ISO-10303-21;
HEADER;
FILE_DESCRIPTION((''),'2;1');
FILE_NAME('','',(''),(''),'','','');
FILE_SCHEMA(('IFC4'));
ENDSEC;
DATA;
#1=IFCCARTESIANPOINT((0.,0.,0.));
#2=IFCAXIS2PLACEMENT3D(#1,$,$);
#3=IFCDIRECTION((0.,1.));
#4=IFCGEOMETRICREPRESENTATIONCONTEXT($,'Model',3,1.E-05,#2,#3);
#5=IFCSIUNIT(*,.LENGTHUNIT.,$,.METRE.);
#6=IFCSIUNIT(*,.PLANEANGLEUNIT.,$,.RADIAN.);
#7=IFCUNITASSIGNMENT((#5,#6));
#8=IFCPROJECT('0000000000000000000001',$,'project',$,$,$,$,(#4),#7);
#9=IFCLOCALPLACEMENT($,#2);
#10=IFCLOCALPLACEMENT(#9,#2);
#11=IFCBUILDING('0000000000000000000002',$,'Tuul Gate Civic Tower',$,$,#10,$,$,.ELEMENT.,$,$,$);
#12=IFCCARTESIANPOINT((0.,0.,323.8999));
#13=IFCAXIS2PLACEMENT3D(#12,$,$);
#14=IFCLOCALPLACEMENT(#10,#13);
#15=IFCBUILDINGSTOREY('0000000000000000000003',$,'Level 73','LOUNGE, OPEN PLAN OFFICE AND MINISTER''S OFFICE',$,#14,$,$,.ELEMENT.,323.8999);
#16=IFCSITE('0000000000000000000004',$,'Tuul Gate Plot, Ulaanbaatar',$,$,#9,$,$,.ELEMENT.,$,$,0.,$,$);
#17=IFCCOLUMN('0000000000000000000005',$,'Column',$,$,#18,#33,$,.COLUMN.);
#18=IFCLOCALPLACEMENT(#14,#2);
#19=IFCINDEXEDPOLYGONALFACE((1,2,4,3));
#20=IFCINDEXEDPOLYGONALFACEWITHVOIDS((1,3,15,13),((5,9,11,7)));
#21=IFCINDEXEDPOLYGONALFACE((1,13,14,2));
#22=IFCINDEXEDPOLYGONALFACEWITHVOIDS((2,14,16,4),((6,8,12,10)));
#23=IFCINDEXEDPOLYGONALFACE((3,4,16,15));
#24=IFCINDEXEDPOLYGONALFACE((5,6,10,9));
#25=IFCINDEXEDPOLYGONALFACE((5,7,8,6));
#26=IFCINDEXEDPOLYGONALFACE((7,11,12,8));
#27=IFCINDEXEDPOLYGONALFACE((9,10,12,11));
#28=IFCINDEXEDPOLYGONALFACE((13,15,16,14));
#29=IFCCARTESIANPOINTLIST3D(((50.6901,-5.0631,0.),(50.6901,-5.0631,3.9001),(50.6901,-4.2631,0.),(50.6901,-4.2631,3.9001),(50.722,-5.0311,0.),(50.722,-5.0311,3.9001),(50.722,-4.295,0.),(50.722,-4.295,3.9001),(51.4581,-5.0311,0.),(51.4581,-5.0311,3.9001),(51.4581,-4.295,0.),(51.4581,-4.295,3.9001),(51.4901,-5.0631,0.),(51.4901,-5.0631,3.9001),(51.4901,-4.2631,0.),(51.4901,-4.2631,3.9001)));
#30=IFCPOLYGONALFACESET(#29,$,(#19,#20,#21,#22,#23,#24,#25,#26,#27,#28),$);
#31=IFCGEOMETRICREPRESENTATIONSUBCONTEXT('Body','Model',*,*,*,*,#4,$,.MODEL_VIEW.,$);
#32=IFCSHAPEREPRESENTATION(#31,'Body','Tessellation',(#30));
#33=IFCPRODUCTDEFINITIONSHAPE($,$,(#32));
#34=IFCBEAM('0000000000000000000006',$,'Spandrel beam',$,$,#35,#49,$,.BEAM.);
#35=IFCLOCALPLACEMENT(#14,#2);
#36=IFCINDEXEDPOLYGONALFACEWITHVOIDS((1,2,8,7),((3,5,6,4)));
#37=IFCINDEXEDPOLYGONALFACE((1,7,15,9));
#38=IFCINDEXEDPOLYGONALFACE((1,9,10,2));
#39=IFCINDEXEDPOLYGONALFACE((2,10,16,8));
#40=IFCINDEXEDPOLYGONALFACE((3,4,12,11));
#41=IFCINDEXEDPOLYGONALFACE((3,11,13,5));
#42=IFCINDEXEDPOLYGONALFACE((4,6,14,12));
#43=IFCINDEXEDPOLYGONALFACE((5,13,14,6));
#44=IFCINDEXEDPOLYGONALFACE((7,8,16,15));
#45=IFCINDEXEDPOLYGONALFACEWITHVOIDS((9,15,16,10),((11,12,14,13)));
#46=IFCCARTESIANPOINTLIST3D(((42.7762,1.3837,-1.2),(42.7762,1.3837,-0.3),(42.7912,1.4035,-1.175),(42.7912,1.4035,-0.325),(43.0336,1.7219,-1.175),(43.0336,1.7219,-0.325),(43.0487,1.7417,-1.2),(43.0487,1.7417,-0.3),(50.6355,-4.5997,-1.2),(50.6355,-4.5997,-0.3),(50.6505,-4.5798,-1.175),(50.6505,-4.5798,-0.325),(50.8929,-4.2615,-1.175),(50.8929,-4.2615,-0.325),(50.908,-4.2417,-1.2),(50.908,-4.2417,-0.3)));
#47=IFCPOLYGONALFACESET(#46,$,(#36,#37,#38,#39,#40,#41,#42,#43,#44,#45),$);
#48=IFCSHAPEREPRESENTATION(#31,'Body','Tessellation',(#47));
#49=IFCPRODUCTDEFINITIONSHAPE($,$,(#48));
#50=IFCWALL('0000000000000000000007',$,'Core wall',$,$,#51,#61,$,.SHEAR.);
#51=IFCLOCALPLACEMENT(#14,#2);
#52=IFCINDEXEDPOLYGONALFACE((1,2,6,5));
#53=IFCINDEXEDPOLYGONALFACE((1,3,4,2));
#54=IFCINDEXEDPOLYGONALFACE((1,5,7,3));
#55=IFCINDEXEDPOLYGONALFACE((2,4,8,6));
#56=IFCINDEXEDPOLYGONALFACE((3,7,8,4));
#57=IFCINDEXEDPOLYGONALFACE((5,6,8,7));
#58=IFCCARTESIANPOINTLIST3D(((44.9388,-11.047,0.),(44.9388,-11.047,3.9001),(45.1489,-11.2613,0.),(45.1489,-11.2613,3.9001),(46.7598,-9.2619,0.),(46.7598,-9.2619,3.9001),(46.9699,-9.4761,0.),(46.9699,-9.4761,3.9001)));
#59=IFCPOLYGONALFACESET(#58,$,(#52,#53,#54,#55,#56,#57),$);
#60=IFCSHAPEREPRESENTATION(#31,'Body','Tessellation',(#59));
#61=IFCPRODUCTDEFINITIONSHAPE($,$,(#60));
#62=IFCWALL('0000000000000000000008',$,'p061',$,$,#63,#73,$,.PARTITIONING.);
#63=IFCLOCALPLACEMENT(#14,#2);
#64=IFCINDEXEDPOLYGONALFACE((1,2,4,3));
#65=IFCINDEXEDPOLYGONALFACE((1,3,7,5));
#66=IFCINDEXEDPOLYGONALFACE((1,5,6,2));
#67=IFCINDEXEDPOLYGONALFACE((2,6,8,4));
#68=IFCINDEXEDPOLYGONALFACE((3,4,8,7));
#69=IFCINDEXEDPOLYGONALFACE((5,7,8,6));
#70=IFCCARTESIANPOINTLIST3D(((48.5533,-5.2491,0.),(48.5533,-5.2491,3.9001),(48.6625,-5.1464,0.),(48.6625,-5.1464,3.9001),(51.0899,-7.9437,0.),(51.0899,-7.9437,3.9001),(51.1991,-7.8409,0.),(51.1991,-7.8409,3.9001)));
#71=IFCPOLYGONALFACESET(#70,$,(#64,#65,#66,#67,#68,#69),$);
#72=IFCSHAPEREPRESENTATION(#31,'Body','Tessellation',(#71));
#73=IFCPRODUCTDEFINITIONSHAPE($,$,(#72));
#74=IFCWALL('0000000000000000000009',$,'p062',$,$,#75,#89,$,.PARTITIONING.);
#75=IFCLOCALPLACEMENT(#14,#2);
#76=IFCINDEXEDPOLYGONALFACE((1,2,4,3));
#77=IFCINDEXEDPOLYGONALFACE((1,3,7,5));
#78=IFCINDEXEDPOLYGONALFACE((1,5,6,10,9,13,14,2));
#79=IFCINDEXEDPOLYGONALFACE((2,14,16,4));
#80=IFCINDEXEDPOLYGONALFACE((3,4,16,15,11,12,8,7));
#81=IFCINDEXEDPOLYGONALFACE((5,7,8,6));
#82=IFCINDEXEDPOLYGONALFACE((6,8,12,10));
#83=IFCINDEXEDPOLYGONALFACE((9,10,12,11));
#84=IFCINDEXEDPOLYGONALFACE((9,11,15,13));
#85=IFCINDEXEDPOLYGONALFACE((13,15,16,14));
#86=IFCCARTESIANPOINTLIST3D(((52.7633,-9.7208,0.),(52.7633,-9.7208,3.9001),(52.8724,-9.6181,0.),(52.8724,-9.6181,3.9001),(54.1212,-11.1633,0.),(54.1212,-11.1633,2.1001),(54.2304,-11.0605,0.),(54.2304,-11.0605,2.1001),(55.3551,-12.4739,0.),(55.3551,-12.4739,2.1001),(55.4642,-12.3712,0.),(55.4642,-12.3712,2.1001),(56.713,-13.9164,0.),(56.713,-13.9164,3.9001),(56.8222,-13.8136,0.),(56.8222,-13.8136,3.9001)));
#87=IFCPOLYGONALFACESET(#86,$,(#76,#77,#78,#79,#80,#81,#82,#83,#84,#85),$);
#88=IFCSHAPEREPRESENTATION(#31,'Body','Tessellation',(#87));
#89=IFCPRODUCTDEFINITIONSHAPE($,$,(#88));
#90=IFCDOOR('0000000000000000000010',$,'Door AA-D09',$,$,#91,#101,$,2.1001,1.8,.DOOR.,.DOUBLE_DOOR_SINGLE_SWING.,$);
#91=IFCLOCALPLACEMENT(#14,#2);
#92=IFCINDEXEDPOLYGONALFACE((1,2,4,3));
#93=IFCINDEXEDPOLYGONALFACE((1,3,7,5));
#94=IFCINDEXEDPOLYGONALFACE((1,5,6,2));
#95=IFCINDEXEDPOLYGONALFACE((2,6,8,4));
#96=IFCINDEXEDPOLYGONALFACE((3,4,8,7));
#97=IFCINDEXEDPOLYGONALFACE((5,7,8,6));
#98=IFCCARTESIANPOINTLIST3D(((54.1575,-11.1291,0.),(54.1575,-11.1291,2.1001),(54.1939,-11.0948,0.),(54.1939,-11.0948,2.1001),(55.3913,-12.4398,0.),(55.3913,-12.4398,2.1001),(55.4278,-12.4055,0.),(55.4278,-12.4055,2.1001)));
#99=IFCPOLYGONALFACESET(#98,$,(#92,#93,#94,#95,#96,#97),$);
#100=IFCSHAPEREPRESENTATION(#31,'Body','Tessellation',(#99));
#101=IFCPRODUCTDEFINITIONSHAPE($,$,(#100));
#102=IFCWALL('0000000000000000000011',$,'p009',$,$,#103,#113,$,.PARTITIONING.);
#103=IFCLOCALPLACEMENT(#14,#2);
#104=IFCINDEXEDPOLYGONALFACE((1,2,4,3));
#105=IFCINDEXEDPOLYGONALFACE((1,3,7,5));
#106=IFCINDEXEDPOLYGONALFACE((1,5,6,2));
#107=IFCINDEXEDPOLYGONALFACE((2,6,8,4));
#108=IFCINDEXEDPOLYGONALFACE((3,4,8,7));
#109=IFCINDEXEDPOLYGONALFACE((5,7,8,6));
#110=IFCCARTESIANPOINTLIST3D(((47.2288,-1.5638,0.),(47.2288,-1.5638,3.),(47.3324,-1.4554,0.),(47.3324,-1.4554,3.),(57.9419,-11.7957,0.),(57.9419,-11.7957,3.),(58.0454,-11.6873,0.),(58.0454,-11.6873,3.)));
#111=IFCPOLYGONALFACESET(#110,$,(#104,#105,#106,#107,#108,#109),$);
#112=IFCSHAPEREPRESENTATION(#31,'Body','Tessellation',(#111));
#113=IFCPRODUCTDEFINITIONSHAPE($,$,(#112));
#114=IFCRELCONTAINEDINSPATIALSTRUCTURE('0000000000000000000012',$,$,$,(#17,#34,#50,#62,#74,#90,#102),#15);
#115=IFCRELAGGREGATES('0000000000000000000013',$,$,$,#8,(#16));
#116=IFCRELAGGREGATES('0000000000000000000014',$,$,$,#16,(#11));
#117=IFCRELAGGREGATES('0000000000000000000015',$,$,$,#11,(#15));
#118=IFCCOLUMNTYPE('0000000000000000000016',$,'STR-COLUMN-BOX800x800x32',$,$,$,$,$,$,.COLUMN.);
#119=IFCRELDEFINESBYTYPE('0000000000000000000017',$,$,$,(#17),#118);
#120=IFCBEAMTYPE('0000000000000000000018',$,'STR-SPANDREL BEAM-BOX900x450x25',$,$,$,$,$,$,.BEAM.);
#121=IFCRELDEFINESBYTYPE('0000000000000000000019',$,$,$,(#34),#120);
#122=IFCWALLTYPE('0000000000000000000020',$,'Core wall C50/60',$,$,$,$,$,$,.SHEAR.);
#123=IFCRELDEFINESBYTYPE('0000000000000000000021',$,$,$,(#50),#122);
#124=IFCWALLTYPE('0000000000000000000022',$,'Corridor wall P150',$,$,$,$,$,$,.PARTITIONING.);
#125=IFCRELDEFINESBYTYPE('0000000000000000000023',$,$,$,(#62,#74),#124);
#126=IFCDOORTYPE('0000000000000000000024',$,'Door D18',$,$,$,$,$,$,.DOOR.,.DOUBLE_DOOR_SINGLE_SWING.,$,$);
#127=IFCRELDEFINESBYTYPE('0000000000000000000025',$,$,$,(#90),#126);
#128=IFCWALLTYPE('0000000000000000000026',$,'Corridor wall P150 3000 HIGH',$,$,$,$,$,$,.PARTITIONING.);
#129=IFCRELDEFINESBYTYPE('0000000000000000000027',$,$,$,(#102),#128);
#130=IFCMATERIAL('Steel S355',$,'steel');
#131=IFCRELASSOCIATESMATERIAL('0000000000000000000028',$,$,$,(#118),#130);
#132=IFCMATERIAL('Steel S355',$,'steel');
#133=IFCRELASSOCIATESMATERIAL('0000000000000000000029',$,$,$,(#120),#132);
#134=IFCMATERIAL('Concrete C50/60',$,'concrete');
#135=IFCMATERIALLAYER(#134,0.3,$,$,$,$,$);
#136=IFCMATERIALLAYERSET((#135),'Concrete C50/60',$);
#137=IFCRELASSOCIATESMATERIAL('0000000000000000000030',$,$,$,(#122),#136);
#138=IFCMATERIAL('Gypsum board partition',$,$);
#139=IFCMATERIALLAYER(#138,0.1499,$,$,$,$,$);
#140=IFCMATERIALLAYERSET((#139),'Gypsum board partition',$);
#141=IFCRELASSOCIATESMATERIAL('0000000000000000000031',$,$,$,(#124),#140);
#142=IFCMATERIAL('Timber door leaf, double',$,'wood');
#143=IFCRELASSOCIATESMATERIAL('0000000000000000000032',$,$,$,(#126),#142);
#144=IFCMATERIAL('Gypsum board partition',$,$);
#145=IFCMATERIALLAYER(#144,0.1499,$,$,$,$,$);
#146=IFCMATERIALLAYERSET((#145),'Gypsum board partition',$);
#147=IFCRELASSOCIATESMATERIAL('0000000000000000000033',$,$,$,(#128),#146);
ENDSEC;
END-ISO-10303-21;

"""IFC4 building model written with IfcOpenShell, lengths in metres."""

from ifc_helpers import new_model, si_unit, direction, frame, frame_2d, origin, origin_2d, place, context, subcontext, project, spatial, rectangle, hollow_rectangle, extrude, material, layer, layer_set, material_profile, profile_set, type_object, element, fill, save


model = new_model("IFC4")

# Units and contexts
model_context = context("Model", 3, precision=1e-05, world=origin(), true_north=direction((0.0, 1.0)))
body_context = subcontext(model_context, "Body", "Model", "MODEL_VIEW")
ifc_project = project(units=[si_unit("LENGTHUNIT", "METRE"), si_unit("PLANEANGLEUNIT", "RADIAN")], contexts=[model_context])

# Site, building, storey
site_placement = place(None, origin())
site = spatial("IfcSite", under=ifc_project, at=site_placement, Name="Tuul Gate Plot, Ulaanbaatar", CompositionType="ELEMENT", RefElevation=0.0)
building_placement = place(site_placement, origin())
building = spatial("IfcBuilding", under=site, at=building_placement, Name="Tuul Gate Civic Tower", CompositionType="ELEMENT")
storey_placement = place(building_placement, frame((0.0, 0.0, 323.8999)))
storey = spatial("IfcBuildingStorey", under=building, at=storey_placement, Name="Level 73", Description="LOUNGE, OPEN PLAN OFFICE AND MINISTER'S OFFICE", CompositionType="ELEMENT", Elevation=323.8999)

# Column
ifc_material_1 = material(Name="Steel S355", Category="steel")
ifc_material_profile_1 = material_profile(ifc_material_1, hollow_rectangle(XDim=0.8, YDim=0.8, WallThickness=0.032, at=origin_2d()), Name="BOX800x800x32")
ifc_profile_set_1 = profile_set([ifc_material_profile_1], Name="Steel S355")
column_type = type_object("IfcColumnType", Name="STR-COLUMN-BOX800x800x32", PredefinedType="COLUMN", material=ifc_profile_set_1)
column_placement = place(storey_placement, frame((51.0901, -4.6631, 0.0), z_axis=(0.0, 0.0, 1.0), x_axis=(1.0, 0.0, 0.0)))
element("IfcColumn", 1, at=column_placement, inside=storey, type_object=column_type, Name="Column", PredefinedType="COLUMN", context=body_context, shape_type="SweptSolid", body=[
    extrude(hollow_rectangle(XDim=0.8, YDim=0.8, WallThickness=0.032, at=origin_2d()), origin(), (0.0, 0.0, 1.0), 3.9001),
])

# Beam
ifc_material_2 = material(Name="Steel S355", Category="steel")
ifc_material_profile_2 = material_profile(ifc_material_2, hollow_rectangle(XDim=0.45, YDim=0.8999, WallThickness=0.0249, at=origin_2d()), Name="BOX900x450x25")
ifc_profile_set_2 = profile_set([ifc_material_profile_2], Name="Steel S355")
beam_type = type_object("IfcBeamType", Name="STR-SPANDREL BEAM-BOX900x450x25", PredefinedType="BEAM", material=ifc_profile_set_2)
beam_placement = place(storey_placement, frame((50.7717, -4.4207, -0.75), z_axis=(-0.795661, 0.605742, 0.0), x_axis=(-0.605742, -0.795661, 0.0)))
element("IfcBeam", 2, at=beam_placement, inside=storey, type_object=beam_type, Name="Spandrel beam", PredefinedType="BEAM", context=body_context, shape_type="SweptSolid", body=[
    extrude(hollow_rectangle(XDim=0.45, YDim=0.8999, WallThickness=0.0249, at=origin_2d()), origin(), (0.0, 0.0, 1.0), 9.8777),
])

# Walls
ifc_material_3 = material(Name="Concrete C50/60", Category="concrete")
ifc_layer_1 = layer(ifc_material_3, 0.3)
ifc_layer_set_1 = layer_set([ifc_layer_1], Name="Concrete C50/60")
wall_type_1 = type_object("IfcWallType", Name="Core wall C50/60", PredefinedType="SHEAR", material=ifc_layer_set_1)
wall_1_placement = place(storey_placement, frame((45.0439, -11.1541, 0.0), z_axis=(0.0, 0.0, 1.0), x_axis=(0.714108, 0.700035, 0.0)))
element("IfcWall", 3, at=wall_1_placement, inside=storey, type_object=wall_type_1, Name="Core wall", PredefinedType="SHEAR", context=body_context, shape_type="SweptSolid", body=[
    extrude(rectangle(XDim=2.55, YDim=0.3, at=frame_2d((1.2749, 0.0))), origin(), (0.0, 0.0, 1.0), 3.9001),
])
ifc_material_4 = material(Name="Gypsum board partition")
ifc_layer_2 = layer(ifc_material_4, 0.1499)
ifc_layer_set_2 = layer_set([ifc_layer_2], Name="Gypsum board partition")
wall_type_2 = type_object("IfcWallType", Name="Corridor wall P150", PredefinedType="PARTITIONING", material=ifc_layer_set_2)
wall_2_placement = place(storey_placement, frame((48.6079, -5.1978, 0.0), z_axis=(0.0, 0.0, 1.0), x_axis=(0.685443, -0.728126, 0.0)))
element("IfcWall", 4, at=wall_2_placement, inside=storey, type_object=wall_type_2, Name="p061", PredefinedType="PARTITIONING", context=body_context, shape_type="SweptSolid", body=[
    extrude(rectangle(XDim=3.7007, YDim=0.1499, at=frame_2d((1.8503, 0.0))), origin(), (0.0, 0.0, 1.0), 3.9001),
])

# Wall, opening, door
wall_3_placement = place(storey_placement, frame((52.8179, -9.6694, 0.0), z_axis=(0.0, 0.0, 1.0), x_axis=(0.685452, -0.728118, 0.0)))
wall_3 = element("IfcWall", 5, at=wall_3_placement, inside=storey, type_object=wall_type_2, Name="p062", PredefinedType="PARTITIONING", context=body_context, shape_type="SweptSolid", body=[
    extrude(rectangle(XDim=5.7622, YDim=0.1499, at=frame_2d((2.8811, 0.0))), origin(), (0.0, 0.0, 1.0), 3.9001),
])
opening_1_placement = place(wall_3_placement, frame((1.9812, 0.0, 0.0)))
opening_1 = element("IfcOpeningElement", 6, at=opening_1_placement, cuts=wall_3, PredefinedType="OPENING", context=body_context, shape_type="SweptSolid", body=[
    extrude(rectangle(XDim=1.8, YDim=2.1001, at=frame_2d((0.8999, 1.05))), frame((0.0, 0.085, 0.0), z_axis=(0.0, -1.0, 0.0), x_axis=(1.0, 0.0, 0.0)), (0.0, 0.0, 1.0), 0.1699),
])
ifc_material_5 = material(Name="Timber door leaf, double", Category="wood")
door_type = type_object("IfcDoorType", Name="Door D18", OperationType="DOUBLE_DOOR_SINGLE_SWING", PredefinedType="DOOR", material=ifc_material_5)
door_placement = place(opening_1_placement, origin())
door = element("IfcDoor", 7, at=door_placement, inside=storey, type_object=door_type, Name="Door AA-D09", OperationType="DOUBLE_DOOR_SINGLE_SWING", OverallHeight=2.1001, OverallWidth=1.8, PredefinedType="DOOR", context=body_context, shape_type="SweptSolid", body=[
    extrude(rectangle(XDim=1.8, YDim=2.1001, at=frame_2d((0.8999, 1.05))), frame((0.0, 0.0249, 0.0), z_axis=(0.0, -1.0, 0.0), x_axis=(1.0, 0.0, 0.0)), (0.0, 0.0, 1.0), 0.05),
])
fill(opening_1, door)

# Wall
ifc_material_6 = material(Name="Gypsum board partition")
ifc_layer_3 = layer(ifc_material_6, 0.1499)
ifc_layer_set_3 = layer_set([ifc_layer_3], Name="Gypsum board partition")
wall_type_3 = type_object("IfcWallType", Name="Corridor wall P150 3000 HIGH", PredefinedType="PARTITIONING", material=ifc_layer_set_3)
wall_4_placement = place(storey_placement, frame((47.2805, -1.5095, 0.0), z_axis=(0.0, 0.0, 1.0), x_axis=(0.723161, -0.690679, 0.0)))
element("IfcWall", 8, at=wall_4_placement, inside=storey, type_object=wall_type_3, Name="p009", PredefinedType="PARTITIONING", context=body_context, shape_type="SweptSolid", body=[
    extrude(rectangle(XDim=14.8142, YDim=0.1499, at=frame_2d((7.4072, 0.0))), origin(), (0.0, 0.0, 1.0), 3.0),
])

save(model, "model.ifc")
